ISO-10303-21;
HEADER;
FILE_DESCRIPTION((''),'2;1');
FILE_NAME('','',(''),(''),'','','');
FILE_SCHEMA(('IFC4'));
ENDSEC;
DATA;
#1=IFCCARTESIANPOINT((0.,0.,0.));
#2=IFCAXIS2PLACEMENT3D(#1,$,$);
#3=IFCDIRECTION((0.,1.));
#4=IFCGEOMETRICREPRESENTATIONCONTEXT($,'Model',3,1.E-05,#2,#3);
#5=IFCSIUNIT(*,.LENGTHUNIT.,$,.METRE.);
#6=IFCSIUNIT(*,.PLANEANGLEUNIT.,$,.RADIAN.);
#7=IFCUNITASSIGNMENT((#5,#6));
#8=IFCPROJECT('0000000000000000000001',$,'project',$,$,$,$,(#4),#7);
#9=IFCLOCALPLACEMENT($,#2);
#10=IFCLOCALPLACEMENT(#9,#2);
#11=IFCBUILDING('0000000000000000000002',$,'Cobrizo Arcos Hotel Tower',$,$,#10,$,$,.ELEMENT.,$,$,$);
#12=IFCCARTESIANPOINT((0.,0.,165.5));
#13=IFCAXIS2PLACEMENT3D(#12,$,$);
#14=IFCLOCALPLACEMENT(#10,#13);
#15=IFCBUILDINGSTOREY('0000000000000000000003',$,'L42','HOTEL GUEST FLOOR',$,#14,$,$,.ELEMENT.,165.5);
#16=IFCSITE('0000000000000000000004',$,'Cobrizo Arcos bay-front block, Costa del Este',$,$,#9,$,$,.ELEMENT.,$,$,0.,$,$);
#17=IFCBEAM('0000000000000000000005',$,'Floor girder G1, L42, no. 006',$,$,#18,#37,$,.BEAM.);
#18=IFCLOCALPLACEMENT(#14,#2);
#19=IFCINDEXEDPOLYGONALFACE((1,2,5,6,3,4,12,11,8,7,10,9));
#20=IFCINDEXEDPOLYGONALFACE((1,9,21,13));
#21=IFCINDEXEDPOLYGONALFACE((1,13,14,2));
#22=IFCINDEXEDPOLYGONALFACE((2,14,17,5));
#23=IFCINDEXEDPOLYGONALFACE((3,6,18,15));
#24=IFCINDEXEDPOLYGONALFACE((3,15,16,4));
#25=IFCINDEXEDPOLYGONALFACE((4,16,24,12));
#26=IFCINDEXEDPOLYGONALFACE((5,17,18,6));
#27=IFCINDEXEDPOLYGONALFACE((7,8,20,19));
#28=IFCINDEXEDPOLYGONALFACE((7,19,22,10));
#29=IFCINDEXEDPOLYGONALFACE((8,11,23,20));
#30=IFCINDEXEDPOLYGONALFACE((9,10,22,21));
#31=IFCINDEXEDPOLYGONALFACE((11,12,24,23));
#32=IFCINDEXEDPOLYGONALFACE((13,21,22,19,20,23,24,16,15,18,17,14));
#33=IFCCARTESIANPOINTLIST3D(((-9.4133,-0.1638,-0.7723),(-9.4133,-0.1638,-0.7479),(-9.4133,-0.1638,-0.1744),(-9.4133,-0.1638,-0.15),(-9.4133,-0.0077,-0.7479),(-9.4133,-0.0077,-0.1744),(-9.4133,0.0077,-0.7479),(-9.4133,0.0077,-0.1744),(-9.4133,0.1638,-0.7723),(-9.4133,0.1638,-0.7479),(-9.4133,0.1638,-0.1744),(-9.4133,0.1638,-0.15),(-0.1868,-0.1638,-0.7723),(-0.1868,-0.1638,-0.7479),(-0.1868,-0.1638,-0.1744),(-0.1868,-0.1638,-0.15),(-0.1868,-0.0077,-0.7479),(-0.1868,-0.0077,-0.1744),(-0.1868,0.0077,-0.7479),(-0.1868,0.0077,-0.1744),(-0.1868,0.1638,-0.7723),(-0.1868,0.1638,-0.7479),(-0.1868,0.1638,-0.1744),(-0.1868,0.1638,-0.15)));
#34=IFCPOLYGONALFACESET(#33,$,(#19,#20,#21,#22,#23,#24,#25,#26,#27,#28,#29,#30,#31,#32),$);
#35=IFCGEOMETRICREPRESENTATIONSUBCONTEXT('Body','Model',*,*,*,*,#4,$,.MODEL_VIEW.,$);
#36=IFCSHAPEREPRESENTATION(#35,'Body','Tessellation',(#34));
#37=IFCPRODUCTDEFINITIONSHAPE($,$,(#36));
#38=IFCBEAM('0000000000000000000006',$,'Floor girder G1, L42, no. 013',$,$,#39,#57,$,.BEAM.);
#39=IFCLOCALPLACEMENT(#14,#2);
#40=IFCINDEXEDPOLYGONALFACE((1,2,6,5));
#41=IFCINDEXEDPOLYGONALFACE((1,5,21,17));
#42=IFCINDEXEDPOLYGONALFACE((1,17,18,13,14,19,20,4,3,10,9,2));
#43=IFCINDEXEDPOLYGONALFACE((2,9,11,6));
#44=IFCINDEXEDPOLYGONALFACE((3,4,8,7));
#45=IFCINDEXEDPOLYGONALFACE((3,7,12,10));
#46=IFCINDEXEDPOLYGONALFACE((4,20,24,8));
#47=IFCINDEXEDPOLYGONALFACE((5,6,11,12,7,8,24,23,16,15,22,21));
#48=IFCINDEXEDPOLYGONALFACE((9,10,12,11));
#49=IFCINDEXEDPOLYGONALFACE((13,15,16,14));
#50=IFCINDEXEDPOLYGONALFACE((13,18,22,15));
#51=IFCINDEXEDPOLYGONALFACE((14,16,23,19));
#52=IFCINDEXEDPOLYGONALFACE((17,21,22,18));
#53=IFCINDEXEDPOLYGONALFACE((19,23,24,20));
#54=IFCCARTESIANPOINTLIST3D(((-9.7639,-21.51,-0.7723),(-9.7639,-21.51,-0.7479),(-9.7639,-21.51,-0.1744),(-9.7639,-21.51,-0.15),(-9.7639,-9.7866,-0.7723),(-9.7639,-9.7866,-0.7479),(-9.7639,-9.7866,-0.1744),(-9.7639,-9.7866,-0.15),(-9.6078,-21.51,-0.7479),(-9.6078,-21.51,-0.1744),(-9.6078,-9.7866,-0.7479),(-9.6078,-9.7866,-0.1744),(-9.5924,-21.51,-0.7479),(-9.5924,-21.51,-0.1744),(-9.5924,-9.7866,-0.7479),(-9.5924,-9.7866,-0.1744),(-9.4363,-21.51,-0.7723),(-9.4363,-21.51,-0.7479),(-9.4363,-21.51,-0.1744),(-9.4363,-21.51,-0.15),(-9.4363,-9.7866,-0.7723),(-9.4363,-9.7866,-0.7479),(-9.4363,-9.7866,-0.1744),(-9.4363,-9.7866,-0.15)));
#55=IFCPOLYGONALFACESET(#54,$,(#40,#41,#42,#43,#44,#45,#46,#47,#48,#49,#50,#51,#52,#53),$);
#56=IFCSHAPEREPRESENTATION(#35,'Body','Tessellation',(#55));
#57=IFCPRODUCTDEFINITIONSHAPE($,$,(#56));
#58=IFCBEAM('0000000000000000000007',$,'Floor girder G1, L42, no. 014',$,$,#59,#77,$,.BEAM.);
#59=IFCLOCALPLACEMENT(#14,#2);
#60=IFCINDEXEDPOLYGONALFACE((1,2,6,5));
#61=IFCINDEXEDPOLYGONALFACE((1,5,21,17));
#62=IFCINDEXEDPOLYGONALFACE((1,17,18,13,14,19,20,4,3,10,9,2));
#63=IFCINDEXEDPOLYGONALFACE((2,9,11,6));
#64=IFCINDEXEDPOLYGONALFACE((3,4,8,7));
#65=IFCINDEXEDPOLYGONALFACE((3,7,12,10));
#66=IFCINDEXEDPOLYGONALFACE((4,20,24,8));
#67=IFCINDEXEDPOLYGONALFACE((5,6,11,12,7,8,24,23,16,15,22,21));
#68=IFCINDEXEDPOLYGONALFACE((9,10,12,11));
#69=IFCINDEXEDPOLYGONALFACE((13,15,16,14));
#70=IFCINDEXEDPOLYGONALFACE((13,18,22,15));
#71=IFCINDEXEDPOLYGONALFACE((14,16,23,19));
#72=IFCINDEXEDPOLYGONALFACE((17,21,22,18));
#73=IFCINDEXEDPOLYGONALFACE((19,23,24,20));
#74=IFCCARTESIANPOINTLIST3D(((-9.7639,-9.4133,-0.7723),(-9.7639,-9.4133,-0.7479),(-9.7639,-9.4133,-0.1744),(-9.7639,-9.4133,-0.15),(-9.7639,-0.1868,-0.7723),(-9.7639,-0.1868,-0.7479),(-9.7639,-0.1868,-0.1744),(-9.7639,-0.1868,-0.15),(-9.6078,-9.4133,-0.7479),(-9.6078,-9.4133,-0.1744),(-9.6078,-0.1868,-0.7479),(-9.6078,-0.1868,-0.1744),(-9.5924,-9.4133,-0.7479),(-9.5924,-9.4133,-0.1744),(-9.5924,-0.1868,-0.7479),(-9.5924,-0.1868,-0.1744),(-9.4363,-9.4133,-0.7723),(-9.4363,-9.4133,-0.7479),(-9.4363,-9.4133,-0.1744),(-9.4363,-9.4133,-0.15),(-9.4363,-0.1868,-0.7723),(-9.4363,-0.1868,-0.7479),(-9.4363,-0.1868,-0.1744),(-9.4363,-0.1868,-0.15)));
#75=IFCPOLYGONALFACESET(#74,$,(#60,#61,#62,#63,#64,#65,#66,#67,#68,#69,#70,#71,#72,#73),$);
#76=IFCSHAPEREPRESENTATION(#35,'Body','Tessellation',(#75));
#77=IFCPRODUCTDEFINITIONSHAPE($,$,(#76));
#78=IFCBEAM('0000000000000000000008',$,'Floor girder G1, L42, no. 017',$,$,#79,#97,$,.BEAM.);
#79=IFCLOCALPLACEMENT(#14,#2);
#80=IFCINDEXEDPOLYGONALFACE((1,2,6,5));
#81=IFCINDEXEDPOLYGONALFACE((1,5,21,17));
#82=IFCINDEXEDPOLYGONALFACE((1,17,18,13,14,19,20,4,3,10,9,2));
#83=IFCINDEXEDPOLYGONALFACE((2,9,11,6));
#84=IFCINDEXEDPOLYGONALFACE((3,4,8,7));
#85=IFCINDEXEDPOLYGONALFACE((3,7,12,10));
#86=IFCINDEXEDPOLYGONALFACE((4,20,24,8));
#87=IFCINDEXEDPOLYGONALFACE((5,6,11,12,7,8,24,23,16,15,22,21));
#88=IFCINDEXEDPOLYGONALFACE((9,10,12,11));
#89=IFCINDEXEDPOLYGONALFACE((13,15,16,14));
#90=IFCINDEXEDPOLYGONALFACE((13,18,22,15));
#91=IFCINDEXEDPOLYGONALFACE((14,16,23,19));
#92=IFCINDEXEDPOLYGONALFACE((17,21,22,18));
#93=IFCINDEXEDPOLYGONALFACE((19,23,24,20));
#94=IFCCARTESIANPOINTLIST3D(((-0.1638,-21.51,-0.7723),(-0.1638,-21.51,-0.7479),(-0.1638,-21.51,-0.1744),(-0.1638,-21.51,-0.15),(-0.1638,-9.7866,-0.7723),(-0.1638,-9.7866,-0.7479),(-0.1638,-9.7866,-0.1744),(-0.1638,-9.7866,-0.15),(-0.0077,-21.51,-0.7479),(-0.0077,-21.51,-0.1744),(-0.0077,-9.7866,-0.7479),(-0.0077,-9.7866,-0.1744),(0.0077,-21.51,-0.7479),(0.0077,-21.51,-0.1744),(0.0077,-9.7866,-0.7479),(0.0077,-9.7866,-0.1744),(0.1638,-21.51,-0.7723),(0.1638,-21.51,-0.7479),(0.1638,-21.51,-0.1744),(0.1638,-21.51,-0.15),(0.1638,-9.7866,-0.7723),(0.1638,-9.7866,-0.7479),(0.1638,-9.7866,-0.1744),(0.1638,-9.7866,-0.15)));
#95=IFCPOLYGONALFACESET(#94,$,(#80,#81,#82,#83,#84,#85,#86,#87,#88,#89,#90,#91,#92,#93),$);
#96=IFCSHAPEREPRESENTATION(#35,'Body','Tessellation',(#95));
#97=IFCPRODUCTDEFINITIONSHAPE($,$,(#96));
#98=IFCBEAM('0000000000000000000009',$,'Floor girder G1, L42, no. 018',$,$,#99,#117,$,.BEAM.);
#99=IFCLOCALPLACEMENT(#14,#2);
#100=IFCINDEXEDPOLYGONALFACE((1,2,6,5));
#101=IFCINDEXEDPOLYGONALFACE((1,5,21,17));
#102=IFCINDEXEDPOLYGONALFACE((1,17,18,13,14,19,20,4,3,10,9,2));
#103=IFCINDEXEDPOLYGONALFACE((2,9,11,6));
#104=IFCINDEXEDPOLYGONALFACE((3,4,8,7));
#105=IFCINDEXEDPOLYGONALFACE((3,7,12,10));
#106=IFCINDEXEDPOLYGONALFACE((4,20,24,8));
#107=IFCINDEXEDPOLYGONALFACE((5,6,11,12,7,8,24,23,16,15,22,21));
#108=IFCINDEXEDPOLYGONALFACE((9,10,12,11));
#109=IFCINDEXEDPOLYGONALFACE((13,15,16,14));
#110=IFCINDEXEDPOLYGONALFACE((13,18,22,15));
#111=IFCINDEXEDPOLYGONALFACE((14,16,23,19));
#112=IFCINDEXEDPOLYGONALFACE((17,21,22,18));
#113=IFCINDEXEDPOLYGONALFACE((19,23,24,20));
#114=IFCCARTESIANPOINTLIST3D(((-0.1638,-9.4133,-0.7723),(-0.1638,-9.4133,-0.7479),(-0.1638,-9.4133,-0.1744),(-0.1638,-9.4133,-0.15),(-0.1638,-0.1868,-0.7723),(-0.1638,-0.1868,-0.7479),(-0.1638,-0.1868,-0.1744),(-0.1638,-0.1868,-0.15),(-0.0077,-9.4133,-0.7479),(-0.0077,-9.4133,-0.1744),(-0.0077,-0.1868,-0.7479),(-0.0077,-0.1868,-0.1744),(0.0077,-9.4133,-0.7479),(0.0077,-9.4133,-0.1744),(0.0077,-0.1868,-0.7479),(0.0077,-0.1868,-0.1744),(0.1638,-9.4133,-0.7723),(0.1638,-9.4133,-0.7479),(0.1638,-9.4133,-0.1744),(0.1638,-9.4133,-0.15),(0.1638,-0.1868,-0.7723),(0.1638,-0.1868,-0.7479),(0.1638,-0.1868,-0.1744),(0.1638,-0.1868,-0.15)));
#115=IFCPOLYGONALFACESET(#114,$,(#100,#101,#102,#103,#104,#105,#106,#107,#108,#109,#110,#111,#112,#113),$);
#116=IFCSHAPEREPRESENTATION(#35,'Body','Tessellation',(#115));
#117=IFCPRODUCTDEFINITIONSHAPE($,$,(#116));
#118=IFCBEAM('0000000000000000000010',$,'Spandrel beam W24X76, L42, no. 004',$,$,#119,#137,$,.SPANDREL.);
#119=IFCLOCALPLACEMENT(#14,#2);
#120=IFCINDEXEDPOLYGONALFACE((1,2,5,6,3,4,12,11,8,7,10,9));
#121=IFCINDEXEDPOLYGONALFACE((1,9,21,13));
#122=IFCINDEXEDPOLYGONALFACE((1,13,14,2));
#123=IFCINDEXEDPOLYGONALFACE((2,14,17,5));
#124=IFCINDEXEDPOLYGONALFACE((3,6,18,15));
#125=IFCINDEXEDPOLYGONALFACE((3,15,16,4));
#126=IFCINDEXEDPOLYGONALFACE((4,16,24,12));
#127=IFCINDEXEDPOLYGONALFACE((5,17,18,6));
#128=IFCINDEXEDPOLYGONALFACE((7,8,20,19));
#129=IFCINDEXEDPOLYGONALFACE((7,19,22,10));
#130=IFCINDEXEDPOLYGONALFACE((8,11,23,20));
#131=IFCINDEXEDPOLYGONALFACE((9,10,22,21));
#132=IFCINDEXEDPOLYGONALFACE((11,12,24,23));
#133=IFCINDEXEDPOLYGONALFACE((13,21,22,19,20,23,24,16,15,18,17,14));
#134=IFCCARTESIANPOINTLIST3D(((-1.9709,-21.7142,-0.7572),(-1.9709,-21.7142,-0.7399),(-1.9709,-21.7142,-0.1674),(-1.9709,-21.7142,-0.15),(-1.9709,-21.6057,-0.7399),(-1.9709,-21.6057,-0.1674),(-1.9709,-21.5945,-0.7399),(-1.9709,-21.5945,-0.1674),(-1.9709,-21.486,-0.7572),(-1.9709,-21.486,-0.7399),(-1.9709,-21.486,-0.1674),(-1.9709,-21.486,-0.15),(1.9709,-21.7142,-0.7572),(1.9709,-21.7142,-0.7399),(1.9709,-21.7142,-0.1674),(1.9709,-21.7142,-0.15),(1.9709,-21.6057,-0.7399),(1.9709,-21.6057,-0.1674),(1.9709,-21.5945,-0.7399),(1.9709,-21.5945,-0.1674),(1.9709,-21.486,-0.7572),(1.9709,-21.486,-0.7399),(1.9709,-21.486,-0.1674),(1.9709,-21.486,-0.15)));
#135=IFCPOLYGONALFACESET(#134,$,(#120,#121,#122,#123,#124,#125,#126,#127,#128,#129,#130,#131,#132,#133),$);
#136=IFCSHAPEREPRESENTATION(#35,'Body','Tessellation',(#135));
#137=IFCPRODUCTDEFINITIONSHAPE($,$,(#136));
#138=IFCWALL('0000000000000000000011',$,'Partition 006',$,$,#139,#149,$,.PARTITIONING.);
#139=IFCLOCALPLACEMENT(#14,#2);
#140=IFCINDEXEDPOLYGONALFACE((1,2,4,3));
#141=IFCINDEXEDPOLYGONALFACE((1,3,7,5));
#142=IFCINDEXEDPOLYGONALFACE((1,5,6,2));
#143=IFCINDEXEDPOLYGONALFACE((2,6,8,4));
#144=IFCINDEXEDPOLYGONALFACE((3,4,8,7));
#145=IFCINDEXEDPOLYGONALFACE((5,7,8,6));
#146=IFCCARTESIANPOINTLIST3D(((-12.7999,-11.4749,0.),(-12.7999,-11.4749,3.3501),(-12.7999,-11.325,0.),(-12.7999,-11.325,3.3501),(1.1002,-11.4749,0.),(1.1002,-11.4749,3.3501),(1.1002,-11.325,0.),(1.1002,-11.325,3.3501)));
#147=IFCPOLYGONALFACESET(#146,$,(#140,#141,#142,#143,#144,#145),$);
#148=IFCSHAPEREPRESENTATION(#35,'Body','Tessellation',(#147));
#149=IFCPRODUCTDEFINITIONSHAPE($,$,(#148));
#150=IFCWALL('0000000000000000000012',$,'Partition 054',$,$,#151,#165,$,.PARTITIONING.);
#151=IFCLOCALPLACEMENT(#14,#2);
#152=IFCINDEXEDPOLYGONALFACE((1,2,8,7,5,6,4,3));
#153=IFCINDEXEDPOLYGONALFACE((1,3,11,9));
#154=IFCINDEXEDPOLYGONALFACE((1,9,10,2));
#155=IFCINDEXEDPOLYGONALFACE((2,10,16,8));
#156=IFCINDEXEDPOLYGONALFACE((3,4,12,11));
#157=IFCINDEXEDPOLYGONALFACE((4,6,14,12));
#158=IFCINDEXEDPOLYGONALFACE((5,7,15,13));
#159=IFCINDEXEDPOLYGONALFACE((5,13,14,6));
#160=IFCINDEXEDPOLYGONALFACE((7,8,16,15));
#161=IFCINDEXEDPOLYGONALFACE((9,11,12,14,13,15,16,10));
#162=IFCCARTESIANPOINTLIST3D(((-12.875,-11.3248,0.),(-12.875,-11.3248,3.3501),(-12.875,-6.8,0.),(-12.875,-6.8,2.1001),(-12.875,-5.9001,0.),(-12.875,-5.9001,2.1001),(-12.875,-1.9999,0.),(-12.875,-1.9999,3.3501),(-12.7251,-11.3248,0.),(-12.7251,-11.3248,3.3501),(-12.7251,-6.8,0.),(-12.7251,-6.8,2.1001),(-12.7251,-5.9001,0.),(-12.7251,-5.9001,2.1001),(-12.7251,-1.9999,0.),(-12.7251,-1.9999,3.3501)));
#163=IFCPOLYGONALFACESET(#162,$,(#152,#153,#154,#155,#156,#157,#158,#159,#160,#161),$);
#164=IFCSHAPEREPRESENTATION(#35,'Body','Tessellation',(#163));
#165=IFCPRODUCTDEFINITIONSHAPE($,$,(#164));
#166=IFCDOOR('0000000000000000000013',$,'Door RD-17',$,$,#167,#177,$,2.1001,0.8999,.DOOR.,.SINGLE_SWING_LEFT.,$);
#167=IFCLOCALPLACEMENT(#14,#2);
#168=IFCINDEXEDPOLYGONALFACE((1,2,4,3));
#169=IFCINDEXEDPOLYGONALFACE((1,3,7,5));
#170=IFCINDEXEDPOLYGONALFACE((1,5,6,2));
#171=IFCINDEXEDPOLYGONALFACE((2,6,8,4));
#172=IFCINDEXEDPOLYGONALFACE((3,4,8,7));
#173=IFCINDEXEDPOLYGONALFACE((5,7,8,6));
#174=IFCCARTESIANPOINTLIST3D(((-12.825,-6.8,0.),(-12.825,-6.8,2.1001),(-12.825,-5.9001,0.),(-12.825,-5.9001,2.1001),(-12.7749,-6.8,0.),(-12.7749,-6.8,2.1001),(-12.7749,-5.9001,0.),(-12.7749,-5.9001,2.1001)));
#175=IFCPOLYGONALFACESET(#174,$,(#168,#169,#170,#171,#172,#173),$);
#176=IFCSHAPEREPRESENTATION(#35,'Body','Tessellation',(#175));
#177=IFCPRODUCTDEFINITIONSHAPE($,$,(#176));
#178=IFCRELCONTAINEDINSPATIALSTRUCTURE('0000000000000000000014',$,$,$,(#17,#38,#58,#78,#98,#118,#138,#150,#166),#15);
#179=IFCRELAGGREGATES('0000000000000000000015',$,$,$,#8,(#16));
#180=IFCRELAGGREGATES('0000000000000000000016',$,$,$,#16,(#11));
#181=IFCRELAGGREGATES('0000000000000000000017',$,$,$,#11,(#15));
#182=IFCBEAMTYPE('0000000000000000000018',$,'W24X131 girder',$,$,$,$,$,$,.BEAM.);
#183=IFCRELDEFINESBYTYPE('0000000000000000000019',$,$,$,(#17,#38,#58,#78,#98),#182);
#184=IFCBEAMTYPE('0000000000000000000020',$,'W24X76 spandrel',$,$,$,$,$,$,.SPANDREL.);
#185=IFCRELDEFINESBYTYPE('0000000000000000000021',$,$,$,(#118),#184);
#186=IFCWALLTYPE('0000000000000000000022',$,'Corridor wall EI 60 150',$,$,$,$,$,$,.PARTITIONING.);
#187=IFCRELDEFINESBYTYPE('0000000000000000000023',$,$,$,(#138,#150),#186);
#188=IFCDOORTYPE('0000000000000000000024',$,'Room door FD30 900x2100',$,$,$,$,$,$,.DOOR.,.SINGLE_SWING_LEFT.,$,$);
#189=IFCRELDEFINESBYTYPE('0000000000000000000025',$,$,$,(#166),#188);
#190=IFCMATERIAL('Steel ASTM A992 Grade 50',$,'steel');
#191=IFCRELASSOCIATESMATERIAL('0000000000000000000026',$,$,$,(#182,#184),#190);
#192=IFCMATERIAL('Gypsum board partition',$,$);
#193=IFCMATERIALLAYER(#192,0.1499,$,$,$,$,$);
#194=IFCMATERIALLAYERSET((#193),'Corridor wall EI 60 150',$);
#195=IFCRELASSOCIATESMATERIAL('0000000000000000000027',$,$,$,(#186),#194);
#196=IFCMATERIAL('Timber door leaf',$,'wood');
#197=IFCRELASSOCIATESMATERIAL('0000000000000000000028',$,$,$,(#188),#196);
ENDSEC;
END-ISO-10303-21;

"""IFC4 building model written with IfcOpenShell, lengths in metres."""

from ifc_helpers import new_model, si_unit, direction, frame, frame_2d, origin, origin_2d, place, context, subcontext, project, spatial, rectangle, i_section, extrude, material, layer, layer_set, material_profile, profile_set, type_object, element, fill, save


model = new_model("IFC4")

# Units and contexts
model_context = context("Model", 3, precision=1e-05, world=origin(), true_north=direction((0.0, 1.0)))
body_context = subcontext(model_context, "Body", "Model", "MODEL_VIEW")
ifc_project = project(units=[si_unit("LENGTHUNIT", "METRE"), si_unit("PLANEANGLEUNIT", "RADIAN")], contexts=[model_context])

# Site, building, storey
site_placement = place(None, origin())
site = spatial("IfcSite", under=ifc_project, at=site_placement, Name="Cobrizo Arcos bay-front block, Costa del Este", CompositionType="ELEMENT", RefElevation=0.0)
building_placement = place(site_placement, origin())
building = spatial("IfcBuilding", under=site, at=building_placement, Name="Cobrizo Arcos Hotel Tower", CompositionType="ELEMENT")
storey_placement = place(building_placement, frame((0.0, 0.0, 165.5)))
storey = spatial("IfcBuildingStorey", under=building, at=storey_placement, Name="L42", Description="HOTEL GUEST FLOOR", CompositionType="ELEMENT", Elevation=165.5)

# Shared definitions
ifc_material_1 = material(Name="Steel ASTM A992 Grade 50", Category="steel")

# Beams
ifc_material_profile_1 = material_profile(ifc_material_1, i_section(OverallWidth=0.3276, OverallDepth=0.6223, WebThickness=0.0154, FlangeThickness=0.0244, at=origin_2d()), Name="W24X131")
ifc_profile_set_1 = profile_set([ifc_material_profile_1], Name="Steel ASTM A992 Grade 50")
beam_type_1 = type_object("IfcBeamType", Name="W24X131 girder", PredefinedType="BEAM", material=ifc_profile_set_1)
for number, where, z_axis, x_axis, name in (
    (1, (-9.4133, 0.0, -0.4612), (1.0, 0.0, 0.0), (0.0, 1.0, 0.0), "Floor girder G1, L42, no. 006"),
):
    element("IfcBeam", number, at=place(storey_placement, frame(where, z_axis=z_axis, x_axis=x_axis)), inside=storey, type_object=beam_type_1, Name=name, PredefinedType="BEAM", context=body_context, shape_type="SweptSolid", body=[
        extrude(i_section(OverallWidth=0.3276, OverallDepth=0.6223, WebThickness=0.0154, FlangeThickness=0.0244, at=origin_2d()), origin(), (0.0, 0.0, 1.0), 9.2266),
    ])
beam_1_placement = place(storey_placement, frame((-9.6001, -21.51, -0.4612), z_axis=(0.0, 1.0, 0.0), x_axis=(-1.0, 0.0, 0.0)))
element("IfcBeam", 2, at=beam_1_placement, inside=storey, type_object=beam_type_1, Name="Floor girder G1, L42, no. 013", PredefinedType="BEAM", context=body_context, shape_type="SweptSolid", body=[
    extrude(i_section(OverallWidth=0.3276, OverallDepth=0.6223, WebThickness=0.0154, FlangeThickness=0.0244, at=origin_2d()), origin(), (0.0, 0.0, 1.0), 11.7234),
])
beam_2_placement = place(storey_placement, frame((-9.6001, -9.4133, -0.4612), z_axis=(0.0, 1.0, 0.0), x_axis=(-1.0, 0.0, 0.0)))
element("IfcBeam", 3, at=beam_2_placement, inside=storey, type_object=beam_type_1, Name="Floor girder G1, L42, no. 014", PredefinedType="BEAM", context=body_context, shape_type="SweptSolid", body=[
    extrude(i_section(OverallWidth=0.3276, OverallDepth=0.6223, WebThickness=0.0154, FlangeThickness=0.0244, at=origin_2d()), origin(), (0.0, 0.0, 1.0), 9.2266),
])
beam_3_placement = place(storey_placement, frame((0.0, -21.51, -0.4612), z_axis=(0.0, 1.0, 0.0), x_axis=(-1.0, 0.0, 0.0)))
element("IfcBeam", 4, at=beam_3_placement, inside=storey, type_object=beam_type_1, Name="Floor girder G1, L42, no. 017", PredefinedType="BEAM", context=body_context, shape_type="SweptSolid", body=[
    extrude(i_section(OverallWidth=0.3276, OverallDepth=0.6223, WebThickness=0.0154, FlangeThickness=0.0244, at=origin_2d()), origin(), (0.0, 0.0, 1.0), 11.7234),
])
beam_4_placement = place(storey_placement, frame((0.0, -9.4133, -0.4612), z_axis=(0.0, 1.0, 0.0), x_axis=(-1.0, 0.0, 0.0)))
element("IfcBeam", 5, at=beam_4_placement, inside=storey, type_object=beam_type_1, Name="Floor girder G1, L42, no. 018", PredefinedType="BEAM", context=body_context, shape_type="SweptSolid", body=[
    extrude(i_section(OverallWidth=0.3276, OverallDepth=0.6223, WebThickness=0.0154, FlangeThickness=0.0244, at=origin_2d()), origin(), (0.0, 0.0, 1.0), 9.2266),
])
ifc_material_profile_2 = material_profile(ifc_material_1, i_section(OverallWidth=0.2283, OverallDepth=0.6072, WebThickness=0.0112, FlangeThickness=0.0173, at=origin_2d()), Name="W24X76")
ifc_profile_set_2 = profile_set([ifc_material_profile_2], Name="Steel ASTM A992 Grade 50")
beam_type_2 = type_object("IfcBeamType", Name="W24X76 spandrel", PredefinedType="SPANDREL", material=ifc_profile_set_2)
beam_5_placement = place(storey_placement, frame((-1.9709, -21.6001, -0.4536), z_axis=(1.0, 0.0, 0.0), x_axis=(0.0, 1.0, 0.0)))
element("IfcBeam", 6, at=beam_5_placement, inside=storey, type_object=beam_type_2, Name="Spandrel beam W24X76, L42, no. 004", PredefinedType="SPANDREL", context=body_context, shape_type="SweptSolid", body=[
    extrude(i_section(OverallWidth=0.2283, OverallDepth=0.6072, WebThickness=0.0112, FlangeThickness=0.0173, at=origin_2d()), origin(), (0.0, 0.0, 1.0), 3.9419),
])

# Wall
ifc_material_2 = material(Name="Gypsum board partition")
ifc_layer_1 = layer(ifc_material_2, 0.1499)
ifc_layer_set_1 = layer_set([ifc_layer_1], Name="Corridor wall EI 60 150")
wall_type_1 = type_object("IfcWallType", Name="Corridor wall EI 60 150", PredefinedType="PARTITIONING", material=ifc_layer_set_1)
wall_1_placement = place(storey_placement, frame((-12.8, -11.3999, 0.0), z_axis=(0.0, 0.0, 1.0), x_axis=(1.0, 0.0, 0.0)))
element("IfcWall", 7, at=wall_1_placement, inside=storey, type_object=wall_type_1, Name="Partition 006", PredefinedType="PARTITIONING", context=body_context, shape_type="SweptSolid", body=[
    extrude(rectangle(XDim=13.9001, YDim=0.1499, at=frame_2d((6.9502, 0.0))), origin(), (0.0, 0.0, 1.0), 3.3501),
])

# Wall, opening, door
wall_2_placement = place(storey_placement, frame((-12.8, -11.325, 0.0), z_axis=(0.0, 0.0, 1.0), x_axis=(0.0, 1.0, 0.0)))
wall_2 = element("IfcWall", 8, at=wall_2_placement, inside=storey, type_object=wall_type_1, Name="Partition 054", PredefinedType="PARTITIONING", context=body_context, shape_type="SweptSolid", body=[
    extrude(rectangle(XDim=9.325, YDim=0.1499, at=frame_2d((4.6626, 0.0))), origin(), (0.0, 0.0, 1.0), 3.3501),
])
opening_1_placement = place(wall_2_placement, frame((4.5249, 0.0, 0.0)))
opening_1 = element("IfcOpeningElement", 9, at=opening_1_placement, cuts=wall_2, PredefinedType="OPENING", context=body_context, shape_type="SweptSolid", body=[
    extrude(rectangle(XDim=0.8999, YDim=2.1001, at=frame_2d((0.45, 1.05))), frame((0.0, 0.0869, 0.0), z_axis=(0.0, -1.0, 0.0), x_axis=(1.0, 0.0, 0.0)), (0.0, 0.0, 1.0), 0.1738),
])
ifc_material_3 = material(Name="Timber door leaf", Category="wood")
door_type_1 = type_object("IfcDoorType", Name="Room door FD30 900x2100", OperationType="SINGLE_SWING_LEFT", PredefinedType="DOOR", material=ifc_material_3)
door_1_placement = place(opening_1_placement, origin())
door_1 = element("IfcDoor", 10, at=door_1_placement, inside=storey, type_object=door_type_1, Name="Door RD-17", OperationType="SINGLE_SWING_LEFT", OverallHeight=2.1001, OverallWidth=0.8999, PredefinedType="DOOR", context=body_context, shape_type="SweptSolid", body=[
    extrude(rectangle(XDim=0.8999, YDim=2.1001, at=frame_2d((0.45, 1.05))), frame((0.0, 0.0249, 0.0), z_axis=(0.0, -1.0, 0.0), x_axis=(1.0, 0.0, 0.0)), (0.0, 0.0, 1.0), 0.05),
])
fill(opening_1, door_1)

save(model, "model.ifc")
